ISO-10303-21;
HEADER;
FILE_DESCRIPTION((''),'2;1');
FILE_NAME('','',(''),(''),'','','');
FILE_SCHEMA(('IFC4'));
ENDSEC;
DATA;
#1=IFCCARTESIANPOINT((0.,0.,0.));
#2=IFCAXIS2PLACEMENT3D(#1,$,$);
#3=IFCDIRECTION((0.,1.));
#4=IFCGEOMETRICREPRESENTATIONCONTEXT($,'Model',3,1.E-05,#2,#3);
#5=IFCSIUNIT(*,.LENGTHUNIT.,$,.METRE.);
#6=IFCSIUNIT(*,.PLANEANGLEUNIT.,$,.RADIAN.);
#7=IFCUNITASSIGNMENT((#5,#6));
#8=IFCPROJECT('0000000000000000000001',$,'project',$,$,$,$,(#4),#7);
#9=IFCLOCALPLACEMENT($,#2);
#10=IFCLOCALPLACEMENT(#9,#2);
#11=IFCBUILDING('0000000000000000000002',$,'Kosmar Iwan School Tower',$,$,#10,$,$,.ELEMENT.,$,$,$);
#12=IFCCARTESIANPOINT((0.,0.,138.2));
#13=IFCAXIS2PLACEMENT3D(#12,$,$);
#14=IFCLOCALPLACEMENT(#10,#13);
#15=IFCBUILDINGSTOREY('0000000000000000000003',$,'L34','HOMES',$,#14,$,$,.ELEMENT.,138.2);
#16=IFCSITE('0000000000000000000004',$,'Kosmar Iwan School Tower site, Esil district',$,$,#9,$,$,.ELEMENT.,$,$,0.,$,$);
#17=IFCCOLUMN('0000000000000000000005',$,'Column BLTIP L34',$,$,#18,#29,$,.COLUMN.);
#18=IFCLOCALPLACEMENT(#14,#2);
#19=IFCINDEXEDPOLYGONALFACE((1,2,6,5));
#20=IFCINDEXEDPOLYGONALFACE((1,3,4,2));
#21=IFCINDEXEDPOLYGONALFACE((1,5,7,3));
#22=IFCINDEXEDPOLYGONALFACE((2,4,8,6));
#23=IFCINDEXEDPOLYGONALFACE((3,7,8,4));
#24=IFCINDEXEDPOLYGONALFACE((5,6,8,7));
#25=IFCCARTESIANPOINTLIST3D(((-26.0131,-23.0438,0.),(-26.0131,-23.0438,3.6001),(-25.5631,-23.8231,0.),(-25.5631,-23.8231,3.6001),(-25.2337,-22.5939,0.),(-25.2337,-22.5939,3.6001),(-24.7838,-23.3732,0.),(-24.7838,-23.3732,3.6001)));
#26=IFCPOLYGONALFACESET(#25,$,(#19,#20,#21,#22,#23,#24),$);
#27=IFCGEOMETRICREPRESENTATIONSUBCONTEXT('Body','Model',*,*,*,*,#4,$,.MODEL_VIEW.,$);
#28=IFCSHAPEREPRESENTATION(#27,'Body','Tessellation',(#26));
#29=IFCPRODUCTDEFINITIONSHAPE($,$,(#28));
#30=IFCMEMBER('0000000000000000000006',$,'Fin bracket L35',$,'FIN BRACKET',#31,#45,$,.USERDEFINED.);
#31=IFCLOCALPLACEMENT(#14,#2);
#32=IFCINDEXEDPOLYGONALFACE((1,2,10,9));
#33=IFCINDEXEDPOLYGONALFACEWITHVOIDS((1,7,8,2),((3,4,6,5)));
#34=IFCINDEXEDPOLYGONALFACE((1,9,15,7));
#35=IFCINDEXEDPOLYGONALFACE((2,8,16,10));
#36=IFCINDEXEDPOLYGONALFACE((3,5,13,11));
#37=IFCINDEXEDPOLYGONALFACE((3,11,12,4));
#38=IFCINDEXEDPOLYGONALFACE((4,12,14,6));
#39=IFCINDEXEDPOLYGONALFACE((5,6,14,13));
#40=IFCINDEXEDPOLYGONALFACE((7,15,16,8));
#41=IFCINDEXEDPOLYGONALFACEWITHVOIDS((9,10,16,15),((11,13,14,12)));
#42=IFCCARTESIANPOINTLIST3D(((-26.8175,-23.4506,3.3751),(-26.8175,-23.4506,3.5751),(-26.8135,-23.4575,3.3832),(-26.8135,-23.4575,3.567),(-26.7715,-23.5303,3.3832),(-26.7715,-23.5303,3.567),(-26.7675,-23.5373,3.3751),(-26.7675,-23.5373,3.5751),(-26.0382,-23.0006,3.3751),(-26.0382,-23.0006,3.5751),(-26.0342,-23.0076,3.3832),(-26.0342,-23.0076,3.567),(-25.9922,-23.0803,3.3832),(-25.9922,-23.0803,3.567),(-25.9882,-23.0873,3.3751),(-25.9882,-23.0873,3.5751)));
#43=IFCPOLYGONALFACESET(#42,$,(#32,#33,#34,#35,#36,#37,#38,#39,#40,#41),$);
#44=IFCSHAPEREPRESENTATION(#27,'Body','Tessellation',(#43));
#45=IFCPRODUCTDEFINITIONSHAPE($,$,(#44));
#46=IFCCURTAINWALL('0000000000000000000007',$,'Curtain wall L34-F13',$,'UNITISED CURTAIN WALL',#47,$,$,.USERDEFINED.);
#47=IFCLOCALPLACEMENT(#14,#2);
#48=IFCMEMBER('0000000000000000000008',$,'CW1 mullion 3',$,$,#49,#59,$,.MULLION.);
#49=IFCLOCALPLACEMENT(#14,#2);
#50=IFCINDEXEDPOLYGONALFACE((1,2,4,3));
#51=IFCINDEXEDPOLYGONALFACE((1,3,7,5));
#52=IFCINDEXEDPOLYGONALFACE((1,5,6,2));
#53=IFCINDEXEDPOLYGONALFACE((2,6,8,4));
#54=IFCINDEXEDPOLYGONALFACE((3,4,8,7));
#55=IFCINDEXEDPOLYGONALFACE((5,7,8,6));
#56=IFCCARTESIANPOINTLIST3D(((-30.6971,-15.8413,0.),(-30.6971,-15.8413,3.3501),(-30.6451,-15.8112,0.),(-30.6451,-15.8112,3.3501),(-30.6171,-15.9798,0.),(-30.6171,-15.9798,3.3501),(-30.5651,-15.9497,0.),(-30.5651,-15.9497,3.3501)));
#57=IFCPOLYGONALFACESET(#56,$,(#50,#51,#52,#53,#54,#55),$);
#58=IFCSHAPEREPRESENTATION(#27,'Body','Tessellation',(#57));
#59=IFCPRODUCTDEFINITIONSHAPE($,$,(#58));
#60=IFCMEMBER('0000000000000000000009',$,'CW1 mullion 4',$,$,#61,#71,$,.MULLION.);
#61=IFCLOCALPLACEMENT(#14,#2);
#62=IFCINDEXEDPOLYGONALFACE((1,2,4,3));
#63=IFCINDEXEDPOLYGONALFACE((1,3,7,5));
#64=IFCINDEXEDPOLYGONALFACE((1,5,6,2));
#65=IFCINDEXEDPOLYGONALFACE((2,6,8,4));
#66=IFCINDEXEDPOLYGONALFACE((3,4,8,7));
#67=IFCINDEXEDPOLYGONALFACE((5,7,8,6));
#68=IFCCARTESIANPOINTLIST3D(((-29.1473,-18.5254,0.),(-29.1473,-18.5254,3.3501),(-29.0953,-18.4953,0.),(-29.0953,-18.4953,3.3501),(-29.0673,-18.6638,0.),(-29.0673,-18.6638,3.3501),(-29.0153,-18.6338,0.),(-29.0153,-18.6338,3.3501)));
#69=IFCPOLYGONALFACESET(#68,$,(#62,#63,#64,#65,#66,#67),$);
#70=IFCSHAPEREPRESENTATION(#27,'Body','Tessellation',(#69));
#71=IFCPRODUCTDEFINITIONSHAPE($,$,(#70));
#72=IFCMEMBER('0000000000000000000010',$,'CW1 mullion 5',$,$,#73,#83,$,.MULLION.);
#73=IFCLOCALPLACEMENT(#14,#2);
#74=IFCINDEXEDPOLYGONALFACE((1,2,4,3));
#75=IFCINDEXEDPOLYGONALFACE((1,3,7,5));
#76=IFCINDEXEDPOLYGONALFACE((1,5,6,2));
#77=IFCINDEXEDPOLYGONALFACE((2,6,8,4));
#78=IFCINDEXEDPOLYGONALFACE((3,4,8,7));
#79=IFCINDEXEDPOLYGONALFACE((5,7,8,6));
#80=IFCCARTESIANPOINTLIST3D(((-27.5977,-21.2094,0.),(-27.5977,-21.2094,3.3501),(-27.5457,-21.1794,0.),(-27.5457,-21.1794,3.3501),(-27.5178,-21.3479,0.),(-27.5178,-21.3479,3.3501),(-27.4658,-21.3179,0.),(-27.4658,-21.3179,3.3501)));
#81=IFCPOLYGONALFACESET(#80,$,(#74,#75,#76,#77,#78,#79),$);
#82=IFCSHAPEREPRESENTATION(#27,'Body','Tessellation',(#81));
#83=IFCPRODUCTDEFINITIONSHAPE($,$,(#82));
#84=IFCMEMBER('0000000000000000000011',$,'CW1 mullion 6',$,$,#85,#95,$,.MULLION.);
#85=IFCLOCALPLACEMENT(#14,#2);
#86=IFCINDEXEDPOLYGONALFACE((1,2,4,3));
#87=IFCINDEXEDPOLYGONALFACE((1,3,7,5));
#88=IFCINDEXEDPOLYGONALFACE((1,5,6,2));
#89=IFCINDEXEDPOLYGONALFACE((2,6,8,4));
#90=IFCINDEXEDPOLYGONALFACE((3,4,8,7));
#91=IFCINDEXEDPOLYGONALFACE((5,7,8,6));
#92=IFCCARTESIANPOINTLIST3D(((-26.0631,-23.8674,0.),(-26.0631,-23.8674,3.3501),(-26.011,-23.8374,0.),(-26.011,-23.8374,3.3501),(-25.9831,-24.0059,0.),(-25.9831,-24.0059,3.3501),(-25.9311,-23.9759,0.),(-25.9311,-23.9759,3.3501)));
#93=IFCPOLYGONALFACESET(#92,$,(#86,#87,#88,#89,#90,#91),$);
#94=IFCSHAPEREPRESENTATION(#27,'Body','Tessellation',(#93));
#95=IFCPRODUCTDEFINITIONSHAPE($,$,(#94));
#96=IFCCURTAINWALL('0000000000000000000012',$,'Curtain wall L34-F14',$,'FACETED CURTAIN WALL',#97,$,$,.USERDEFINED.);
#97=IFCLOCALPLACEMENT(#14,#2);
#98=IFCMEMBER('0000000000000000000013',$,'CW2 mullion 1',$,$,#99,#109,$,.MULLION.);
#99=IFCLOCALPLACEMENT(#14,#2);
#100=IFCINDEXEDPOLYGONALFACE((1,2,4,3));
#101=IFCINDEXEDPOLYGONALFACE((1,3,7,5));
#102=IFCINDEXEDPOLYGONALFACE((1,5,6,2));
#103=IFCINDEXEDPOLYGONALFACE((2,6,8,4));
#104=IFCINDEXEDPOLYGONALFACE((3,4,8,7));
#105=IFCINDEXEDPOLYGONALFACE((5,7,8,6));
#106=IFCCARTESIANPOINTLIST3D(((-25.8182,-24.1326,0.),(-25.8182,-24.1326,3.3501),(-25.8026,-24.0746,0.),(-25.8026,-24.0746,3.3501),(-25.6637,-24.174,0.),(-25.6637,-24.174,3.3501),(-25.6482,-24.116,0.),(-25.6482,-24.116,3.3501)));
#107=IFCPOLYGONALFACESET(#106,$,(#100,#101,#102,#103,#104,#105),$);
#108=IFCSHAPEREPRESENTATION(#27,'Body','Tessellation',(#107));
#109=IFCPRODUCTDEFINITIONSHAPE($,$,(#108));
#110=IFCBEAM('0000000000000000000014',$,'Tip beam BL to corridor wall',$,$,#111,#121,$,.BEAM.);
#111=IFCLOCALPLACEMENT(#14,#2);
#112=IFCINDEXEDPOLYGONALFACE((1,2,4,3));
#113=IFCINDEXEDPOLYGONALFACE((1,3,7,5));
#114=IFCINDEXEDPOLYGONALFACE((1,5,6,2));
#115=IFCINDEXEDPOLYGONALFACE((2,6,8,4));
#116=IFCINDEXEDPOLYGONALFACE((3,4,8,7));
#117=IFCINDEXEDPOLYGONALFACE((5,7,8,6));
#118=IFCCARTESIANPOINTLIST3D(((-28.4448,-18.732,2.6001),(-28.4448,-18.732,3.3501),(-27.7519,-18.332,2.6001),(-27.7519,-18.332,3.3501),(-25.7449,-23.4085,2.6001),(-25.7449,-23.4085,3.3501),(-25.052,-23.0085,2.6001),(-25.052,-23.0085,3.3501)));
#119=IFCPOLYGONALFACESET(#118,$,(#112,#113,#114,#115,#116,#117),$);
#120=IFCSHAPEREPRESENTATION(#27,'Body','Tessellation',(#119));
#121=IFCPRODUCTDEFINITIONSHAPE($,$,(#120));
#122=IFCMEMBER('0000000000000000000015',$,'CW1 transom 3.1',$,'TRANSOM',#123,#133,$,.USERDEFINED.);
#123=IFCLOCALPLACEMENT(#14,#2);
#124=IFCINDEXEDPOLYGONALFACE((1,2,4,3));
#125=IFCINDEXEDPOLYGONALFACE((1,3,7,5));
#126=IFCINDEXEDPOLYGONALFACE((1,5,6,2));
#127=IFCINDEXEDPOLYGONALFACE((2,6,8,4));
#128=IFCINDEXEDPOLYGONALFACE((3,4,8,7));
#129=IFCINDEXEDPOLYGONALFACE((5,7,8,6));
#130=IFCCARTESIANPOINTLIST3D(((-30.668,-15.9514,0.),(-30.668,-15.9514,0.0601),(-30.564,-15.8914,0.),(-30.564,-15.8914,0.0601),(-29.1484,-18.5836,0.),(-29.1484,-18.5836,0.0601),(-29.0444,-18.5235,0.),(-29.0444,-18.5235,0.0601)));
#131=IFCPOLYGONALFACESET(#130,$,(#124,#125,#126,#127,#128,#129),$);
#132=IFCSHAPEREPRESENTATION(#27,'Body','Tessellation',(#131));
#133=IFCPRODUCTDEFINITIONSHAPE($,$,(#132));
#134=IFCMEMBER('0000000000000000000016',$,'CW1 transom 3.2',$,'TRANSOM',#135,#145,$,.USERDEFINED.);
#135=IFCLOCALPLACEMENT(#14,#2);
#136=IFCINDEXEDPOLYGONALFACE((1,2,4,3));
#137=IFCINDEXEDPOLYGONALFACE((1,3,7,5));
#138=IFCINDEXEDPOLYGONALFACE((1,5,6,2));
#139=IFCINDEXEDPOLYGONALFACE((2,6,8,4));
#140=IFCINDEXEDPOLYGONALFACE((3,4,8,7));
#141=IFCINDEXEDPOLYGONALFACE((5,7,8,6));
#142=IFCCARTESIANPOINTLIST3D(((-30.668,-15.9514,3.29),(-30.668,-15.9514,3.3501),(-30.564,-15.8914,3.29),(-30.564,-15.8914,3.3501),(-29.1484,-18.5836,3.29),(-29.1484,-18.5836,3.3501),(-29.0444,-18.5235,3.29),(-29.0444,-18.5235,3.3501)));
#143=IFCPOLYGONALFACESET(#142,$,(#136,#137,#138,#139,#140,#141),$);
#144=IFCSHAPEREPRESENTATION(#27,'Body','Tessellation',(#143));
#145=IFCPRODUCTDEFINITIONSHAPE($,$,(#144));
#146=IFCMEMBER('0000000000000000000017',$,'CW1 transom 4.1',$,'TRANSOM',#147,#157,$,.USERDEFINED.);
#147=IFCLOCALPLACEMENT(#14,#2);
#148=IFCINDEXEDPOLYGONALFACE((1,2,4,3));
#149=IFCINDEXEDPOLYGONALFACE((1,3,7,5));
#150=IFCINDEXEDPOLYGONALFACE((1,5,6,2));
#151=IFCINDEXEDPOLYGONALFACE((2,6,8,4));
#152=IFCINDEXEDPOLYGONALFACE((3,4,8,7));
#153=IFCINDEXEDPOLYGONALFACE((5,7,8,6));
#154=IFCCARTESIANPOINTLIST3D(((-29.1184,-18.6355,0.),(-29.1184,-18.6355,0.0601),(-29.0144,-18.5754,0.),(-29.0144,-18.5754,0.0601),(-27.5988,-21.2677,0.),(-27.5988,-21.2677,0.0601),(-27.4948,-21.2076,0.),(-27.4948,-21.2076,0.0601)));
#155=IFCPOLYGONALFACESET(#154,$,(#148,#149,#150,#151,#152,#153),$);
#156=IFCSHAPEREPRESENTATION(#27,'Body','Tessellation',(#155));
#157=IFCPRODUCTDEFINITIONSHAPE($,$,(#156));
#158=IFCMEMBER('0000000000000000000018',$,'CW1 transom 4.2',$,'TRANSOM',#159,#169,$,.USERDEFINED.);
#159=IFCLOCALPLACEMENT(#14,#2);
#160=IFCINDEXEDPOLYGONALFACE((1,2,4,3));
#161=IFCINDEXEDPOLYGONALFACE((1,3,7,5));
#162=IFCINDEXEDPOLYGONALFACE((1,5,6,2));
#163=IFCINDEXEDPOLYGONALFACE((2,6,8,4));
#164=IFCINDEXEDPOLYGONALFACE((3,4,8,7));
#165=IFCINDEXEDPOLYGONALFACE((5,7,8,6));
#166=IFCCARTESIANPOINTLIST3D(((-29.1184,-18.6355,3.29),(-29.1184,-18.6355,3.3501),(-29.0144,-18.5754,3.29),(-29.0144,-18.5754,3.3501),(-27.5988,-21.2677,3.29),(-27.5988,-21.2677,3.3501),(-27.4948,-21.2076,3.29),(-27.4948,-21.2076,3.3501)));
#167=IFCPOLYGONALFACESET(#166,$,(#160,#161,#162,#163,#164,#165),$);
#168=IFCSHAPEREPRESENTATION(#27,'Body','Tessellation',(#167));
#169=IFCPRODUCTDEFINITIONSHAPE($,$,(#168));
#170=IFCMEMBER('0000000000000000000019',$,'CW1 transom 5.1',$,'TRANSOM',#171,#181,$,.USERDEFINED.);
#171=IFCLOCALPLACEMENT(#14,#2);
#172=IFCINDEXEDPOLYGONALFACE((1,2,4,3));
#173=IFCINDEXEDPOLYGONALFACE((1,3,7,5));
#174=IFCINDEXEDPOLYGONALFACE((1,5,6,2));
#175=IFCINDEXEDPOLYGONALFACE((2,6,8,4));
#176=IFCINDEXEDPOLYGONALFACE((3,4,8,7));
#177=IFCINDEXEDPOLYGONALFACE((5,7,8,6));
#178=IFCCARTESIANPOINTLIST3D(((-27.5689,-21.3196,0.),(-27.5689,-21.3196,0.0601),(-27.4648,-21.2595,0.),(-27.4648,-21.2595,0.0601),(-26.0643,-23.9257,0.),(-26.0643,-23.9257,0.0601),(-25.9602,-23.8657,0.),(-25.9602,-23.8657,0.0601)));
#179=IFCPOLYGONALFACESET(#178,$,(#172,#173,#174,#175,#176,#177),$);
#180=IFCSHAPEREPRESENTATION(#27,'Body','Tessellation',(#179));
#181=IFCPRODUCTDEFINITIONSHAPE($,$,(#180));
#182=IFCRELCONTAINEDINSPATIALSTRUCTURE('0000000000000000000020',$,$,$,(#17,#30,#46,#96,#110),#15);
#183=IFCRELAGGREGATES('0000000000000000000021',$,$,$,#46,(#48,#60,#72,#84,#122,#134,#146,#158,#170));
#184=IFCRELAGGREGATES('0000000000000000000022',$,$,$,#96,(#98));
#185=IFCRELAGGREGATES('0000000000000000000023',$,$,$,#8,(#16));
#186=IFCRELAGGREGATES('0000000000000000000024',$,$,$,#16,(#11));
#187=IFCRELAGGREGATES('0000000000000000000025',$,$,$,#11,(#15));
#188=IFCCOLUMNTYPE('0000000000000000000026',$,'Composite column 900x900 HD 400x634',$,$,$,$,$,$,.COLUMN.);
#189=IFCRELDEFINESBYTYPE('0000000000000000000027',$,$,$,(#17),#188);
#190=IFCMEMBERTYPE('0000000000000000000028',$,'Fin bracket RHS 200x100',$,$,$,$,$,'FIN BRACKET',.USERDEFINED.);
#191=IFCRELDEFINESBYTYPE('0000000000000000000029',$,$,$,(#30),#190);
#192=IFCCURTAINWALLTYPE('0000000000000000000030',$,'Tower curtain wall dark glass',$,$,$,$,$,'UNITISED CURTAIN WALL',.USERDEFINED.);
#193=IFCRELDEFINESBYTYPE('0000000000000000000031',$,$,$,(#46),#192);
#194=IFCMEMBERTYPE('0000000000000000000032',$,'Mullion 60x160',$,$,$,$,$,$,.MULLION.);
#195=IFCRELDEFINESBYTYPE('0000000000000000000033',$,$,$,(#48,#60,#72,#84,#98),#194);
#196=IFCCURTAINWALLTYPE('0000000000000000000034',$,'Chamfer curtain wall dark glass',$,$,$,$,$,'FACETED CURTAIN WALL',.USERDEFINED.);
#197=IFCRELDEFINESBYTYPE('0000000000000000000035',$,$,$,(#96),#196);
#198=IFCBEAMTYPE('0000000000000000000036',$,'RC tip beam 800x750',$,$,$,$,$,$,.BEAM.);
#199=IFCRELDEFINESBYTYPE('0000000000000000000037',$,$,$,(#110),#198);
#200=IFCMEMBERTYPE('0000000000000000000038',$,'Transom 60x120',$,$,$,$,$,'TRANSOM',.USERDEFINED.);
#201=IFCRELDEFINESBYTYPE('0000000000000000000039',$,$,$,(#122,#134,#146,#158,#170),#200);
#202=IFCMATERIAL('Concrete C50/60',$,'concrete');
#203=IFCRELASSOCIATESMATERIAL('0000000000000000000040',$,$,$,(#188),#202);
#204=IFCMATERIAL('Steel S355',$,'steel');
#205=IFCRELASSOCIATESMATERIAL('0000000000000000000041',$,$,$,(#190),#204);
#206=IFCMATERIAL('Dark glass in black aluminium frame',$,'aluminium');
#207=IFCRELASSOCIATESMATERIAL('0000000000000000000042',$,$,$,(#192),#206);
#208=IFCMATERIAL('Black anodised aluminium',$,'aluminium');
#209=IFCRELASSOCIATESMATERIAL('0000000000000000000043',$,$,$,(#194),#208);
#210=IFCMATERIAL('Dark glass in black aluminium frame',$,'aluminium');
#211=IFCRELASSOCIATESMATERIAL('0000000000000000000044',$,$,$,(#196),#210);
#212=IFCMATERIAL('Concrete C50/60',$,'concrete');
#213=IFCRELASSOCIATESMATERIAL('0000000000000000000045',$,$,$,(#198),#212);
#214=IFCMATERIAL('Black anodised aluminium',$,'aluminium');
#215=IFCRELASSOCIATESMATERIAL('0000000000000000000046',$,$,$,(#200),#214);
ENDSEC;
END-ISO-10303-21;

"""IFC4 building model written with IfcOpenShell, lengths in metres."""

from ifc_helpers import new_model, si_unit, direction, frame, origin, origin_2d, place, context, subcontext, project, spatial, rectangle, hollow_rectangle, extrude, material, material_profile, profile_set, type_object, element, aggregate, save


model = new_model("IFC4")

# Units and contexts
model_context = context("Model", 3, precision=1e-05, world=origin(), true_north=direction((0.0, 1.0)))
body_context = subcontext(model_context, "Body", "Model", "MODEL_VIEW")
ifc_project = project(units=[si_unit("LENGTHUNIT", "METRE"), si_unit("PLANEANGLEUNIT", "RADIAN")], contexts=[model_context])

# Site, building, storey
site_placement = place(None, origin())
site = spatial("IfcSite", under=ifc_project, at=site_placement, Name="Kosmar Iwan School Tower site, Esil district", CompositionType="ELEMENT", RefElevation=0.0)
building_placement = place(site_placement, origin())
building = spatial("IfcBuilding", under=site, at=building_placement, Name="Kosmar Iwan School Tower", CompositionType="ELEMENT")
storey_placement = place(building_placement, frame((0.0, 0.0, 138.2)))
storey = spatial("IfcBuildingStorey", under=building, at=storey_placement, Name="L34", Description="HOMES", CompositionType="ELEMENT", Elevation=138.2)

# Column
ifc_material_1 = material(Name="Concrete C50/60", Category="concrete")
ifc_material_profile_1 = material_profile(ifc_material_1, rectangle(XDim=0.8999, YDim=0.8999, at=origin_2d()), Name="RC 900x900 + HD 400x634")
ifc_profile_set_1 = profile_set([ifc_material_profile_1], Name="Concrete C50/60")
column_type = type_object("IfcColumnType", Name="Composite column 900x900 HD 400x634", PredefinedType="COLUMN", material=ifc_profile_set_1)
column_placement = place(storey_placement, frame((-25.3984, -23.2085, 0.0), z_axis=(0.0, 0.0, 1.0), x_axis=(-0.866025, -0.5, 0.0)))
element("IfcColumn", 1, at=column_placement, inside=storey, type_object=column_type, Name="Column BLTIP L34", PredefinedType="COLUMN", context=body_context, shape_type="SweptSolid", body=[
    extrude(rectangle(XDim=0.8999, YDim=0.8999, at=origin_2d()), origin(), (0.0, 0.0, 1.0), 3.6001),
])

# Member
ifc_material_2 = material(Name="Steel S355", Category="steel")
ifc_material_profile_2 = material_profile(ifc_material_2, hollow_rectangle(XDim=0.1001, YDim=0.2, WallThickness=0.0081, at=origin_2d()), Name="RHS 200x100x8")
ifc_profile_set_2 = profile_set([ifc_material_profile_2], Name="Steel S355")
member_type_1 = type_object("IfcMemberType", Name="Fin bracket RHS 200x100", ElementType="FIN BRACKET", PredefinedType="USERDEFINED", material=ifc_profile_set_2)
member_1_placement = place(storey_placement, frame((-26.0132, -23.0439, 3.4751), z_axis=(-0.866014, -0.50002, 0.0), x_axis=(0.50002, -0.866014, 0.0)))
element("IfcMember", 2, at=member_1_placement, inside=storey, type_object=member_type_1, Name="Fin bracket L35", ObjectType="FIN BRACKET", PredefinedType="USERDEFINED", context=body_context, shape_type="SweptSolid", body=[
    extrude(hollow_rectangle(XDim=0.1001, YDim=0.2, WallThickness=0.0081, at=origin_2d()), origin(), (0.0, 0.0, 1.0), 0.8999),
])

# Curtain wall, members
ifc_material_3 = material(Name="Dark glass in black aluminium frame", Category="aluminium")
curtain_wall_type_1 = type_object("IfcCurtainWallType", Name="Tower curtain wall dark glass", ElementType="UNITISED CURTAIN WALL", PredefinedType="USERDEFINED", material=ifc_material_3)
curtain_wall_1_placement = place(storey_placement, origin())
curtain_wall_1 = element("IfcCurtainWall", 3, at=curtain_wall_1_placement, inside=storey, type_object=curtain_wall_type_1, Name="Curtain wall L34-F13", ObjectType="UNITISED CURTAIN WALL", PredefinedType="USERDEFINED")
ifc_material_4 = material(Name="Black anodised aluminium", Category="aluminium")
ifc_material_profile_3 = material_profile(ifc_material_4, rectangle(XDim=0.0601, YDim=0.1599, at=origin_2d()), Name="MULLION 60x160")
ifc_profile_set_3 = profile_set([ifc_material_profile_3], Name="Black anodised aluminium")
member_type_2 = type_object("IfcMemberType", Name="Mullion 60x160", PredefinedType="MULLION", material=ifc_profile_set_3)
member_2_placement = place(storey_placement, frame((-30.6311, -15.8955, 0.0), z_axis=(0.0, 0.0, 1.0), x_axis=(0.866025, 0.5, 0.0)))
member_2 = element("IfcMember", 4, at=member_2_placement, type_object=member_type_2, Name="CW1 mullion 3", PredefinedType="MULLION", context=body_context, shape_type="SweptSolid", body=[
    extrude(rectangle(XDim=0.0601, YDim=0.1599, at=origin_2d()), origin(), (0.0, 0.0, 1.0), 3.3501),
])
member_3_placement = place(storey_placement, frame((-29.0813, -18.5796, 0.0), z_axis=(0.0, 0.0, 1.0), x_axis=(0.866025, 0.5, 0.0)))
member_3 = element("IfcMember", 5, at=member_3_placement, type_object=member_type_2, Name="CW1 mullion 4", PredefinedType="MULLION", context=body_context, shape_type="SweptSolid", body=[
    extrude(rectangle(XDim=0.0601, YDim=0.1599, at=origin_2d()), origin(), (0.0, 0.0, 1.0), 3.3501),
])
member_4_placement = place(storey_placement, frame((-27.5317, -21.2637, 0.0), z_axis=(0.0, 0.0, 1.0), x_axis=(0.866025, 0.5, 0.0)))
member_4 = element("IfcMember", 6, at=member_4_placement, type_object=member_type_2, Name="CW1 mullion 5", PredefinedType="MULLION", context=body_context, shape_type="SweptSolid", body=[
    extrude(rectangle(XDim=0.0601, YDim=0.1599, at=origin_2d()), origin(), (0.0, 0.0, 1.0), 3.3501),
])
member_5_placement = place(storey_placement, frame((-25.9971, -23.9216, 0.0), z_axis=(0.0, 0.0, 1.0), x_axis=(0.866025, 0.5, 0.0)))
member_5 = element("IfcMember", 7, at=member_5_placement, type_object=member_type_2, Name="CW1 mullion 6", PredefinedType="MULLION", context=body_context, shape_type="SweptSolid", body=[
    extrude(rectangle(XDim=0.0601, YDim=0.1599, at=origin_2d()), origin(), (0.0, 0.0, 1.0), 3.3501),
])

# Curtain wall, member
ifc_material_5 = material(Name="Dark glass in black aluminium frame", Category="aluminium")
curtain_wall_type_2 = type_object("IfcCurtainWallType", Name="Chamfer curtain wall dark glass", ElementType="FACETED CURTAIN WALL", PredefinedType="USERDEFINED", material=ifc_material_5)
curtain_wall_2_placement = place(storey_placement, origin())
curtain_wall_2 = element("IfcCurtainWall", 8, at=curtain_wall_2_placement, inside=storey, type_object=curtain_wall_type_2, Name="Curtain wall L34-F14", ObjectType="FACETED CURTAIN WALL", PredefinedType="USERDEFINED")
member_6_placement = place(storey_placement, frame((-25.7332, -24.1243, 0.0), z_axis=(0.0, 0.0, 1.0), x_axis=(0.258819, 0.965926, 0.0)))
member_6 = element("IfcMember", 9, at=member_6_placement, type_object=member_type_2, Name="CW2 mullion 1", PredefinedType="MULLION", context=body_context, shape_type="SweptSolid", body=[
    extrude(rectangle(XDim=0.0601, YDim=0.1599, at=origin_2d()), origin(), (0.0, 0.0, 1.0), 3.3501),
])

# Beam
ifc_material_6 = material(Name="Concrete C50/60", Category="concrete")
ifc_material_profile_4 = material_profile(ifc_material_6, rectangle(XDim=0.8, YDim=0.75, at=origin_2d()), Name="RC 800x750")
ifc_profile_set_4 = profile_set([ifc_material_profile_4], Name="Concrete C50/60")
beam_type = type_object("IfcBeamType", Name="RC tip beam 800x750", PredefinedType="BEAM", material=ifc_profile_set_4)
beam_placement = place(storey_placement, frame((-25.3984, -23.2085, 2.9751), z_axis=(-0.499995, 0.866028, 0.0), x_axis=(-0.866028, -0.499995, 0.0)))
element("IfcBeam", 10, at=beam_placement, inside=storey, type_object=beam_type, Name="Tip beam BL to corridor wall", PredefinedType="BEAM", context=body_context, shape_type="SweptSolid", body=[
    extrude(rectangle(XDim=0.8, YDim=0.75, at=origin_2d()), origin(), (0.0, 0.0, 1.0), 5.3999),
])

# Members
ifc_material_7 = material(Name="Black anodised aluminium", Category="aluminium")
ifc_material_profile_5 = material_profile(ifc_material_7, rectangle(XDim=0.1201, YDim=0.0601, at=origin_2d()), Name="TRANSOM 60x120")
ifc_profile_set_5 = profile_set([ifc_material_profile_5], Name="Black anodised aluminium")
member_type_3 = type_object("IfcMemberType", Name="Transom 60x120", ElementType="TRANSOM", PredefinedType="USERDEFINED", material=ifc_profile_set_5)
member_7_placement = place(storey_placement, frame((-30.616, -15.9214, 0.03), z_axis=(0.499975, -0.86604, 0.0), x_axis=(0.86604, 0.499975, 0.0)))
member_7 = element("IfcMember", 11, at=member_7_placement, type_object=member_type_3, Name="CW1 transom 3.1", ObjectType="TRANSOM", PredefinedType="USERDEFINED", context=body_context, shape_type="SweptSolid", body=[
    extrude(rectangle(XDim=0.1201, YDim=0.0601, at=origin_2d()), origin(), (0.0, 0.0, 1.0), 3.0393),
])
member_8_placement = place(storey_placement, frame((-30.616, -15.9214, 3.3201), z_axis=(0.499975, -0.86604, 0.0), x_axis=(0.86604, 0.499975, 0.0)))
member_8 = element("IfcMember", 12, at=member_8_placement, type_object=member_type_3, Name="CW1 transom 3.2", ObjectType="TRANSOM", PredefinedType="USERDEFINED", context=body_context, shape_type="SweptSolid", body=[
    extrude(rectangle(XDim=0.1201, YDim=0.0601, at=origin_2d()), origin(), (0.0, 0.0, 1.0), 3.0393),
])
member_9_placement = place(storey_placement, frame((-29.0664, -18.6055, 0.03), z_axis=(0.499975, -0.86604, 0.0), x_axis=(0.86604, 0.499975, 0.0)))
member_9 = element("IfcMember", 13, at=member_9_placement, type_object=member_type_3, Name="CW1 transom 4.1", ObjectType="TRANSOM", PredefinedType="USERDEFINED", context=body_context, shape_type="SweptSolid", body=[
    extrude(rectangle(XDim=0.1201, YDim=0.0601, at=origin_2d()), origin(), (0.0, 0.0, 1.0), 3.0393),
])
member_10_placement = place(storey_placement, frame((-29.0664, -18.6055, 3.3201), z_axis=(0.499975, -0.86604, 0.0), x_axis=(0.86604, 0.499975, 0.0)))
member_10 = element("IfcMember", 14, at=member_10_placement, type_object=member_type_3, Name="CW1 transom 4.2", ObjectType="TRANSOM", PredefinedType="USERDEFINED", context=body_context, shape_type="SweptSolid", body=[
    extrude(rectangle(XDim=0.1201, YDim=0.0601, at=origin_2d()), origin(), (0.0, 0.0, 1.0), 3.0393),
])
member_11_placement = place(storey_placement, frame((-27.5168, -21.2896, 0.03), z_axis=(0.499987, -0.866033, 0.0), x_axis=(0.866033, 0.499987, 0.0)))
member_11 = element("IfcMember", 15, at=member_11_placement, type_object=member_type_3, Name="CW1 transom 5.1", ObjectType="TRANSOM", PredefinedType="USERDEFINED", context=body_context, shape_type="SweptSolid", body=[
    extrude(rectangle(XDim=0.1201, YDim=0.0601, at=origin_2d()), origin(), (0.0, 0.0, 1.0), 3.0093),
])

aggregate(curtain_wall_1, [member_2, member_3, member_4, member_5, member_7, member_8, member_9, member_10, member_11])
aggregate(curtain_wall_2, [member_6])

save(model, "model.ifc")
